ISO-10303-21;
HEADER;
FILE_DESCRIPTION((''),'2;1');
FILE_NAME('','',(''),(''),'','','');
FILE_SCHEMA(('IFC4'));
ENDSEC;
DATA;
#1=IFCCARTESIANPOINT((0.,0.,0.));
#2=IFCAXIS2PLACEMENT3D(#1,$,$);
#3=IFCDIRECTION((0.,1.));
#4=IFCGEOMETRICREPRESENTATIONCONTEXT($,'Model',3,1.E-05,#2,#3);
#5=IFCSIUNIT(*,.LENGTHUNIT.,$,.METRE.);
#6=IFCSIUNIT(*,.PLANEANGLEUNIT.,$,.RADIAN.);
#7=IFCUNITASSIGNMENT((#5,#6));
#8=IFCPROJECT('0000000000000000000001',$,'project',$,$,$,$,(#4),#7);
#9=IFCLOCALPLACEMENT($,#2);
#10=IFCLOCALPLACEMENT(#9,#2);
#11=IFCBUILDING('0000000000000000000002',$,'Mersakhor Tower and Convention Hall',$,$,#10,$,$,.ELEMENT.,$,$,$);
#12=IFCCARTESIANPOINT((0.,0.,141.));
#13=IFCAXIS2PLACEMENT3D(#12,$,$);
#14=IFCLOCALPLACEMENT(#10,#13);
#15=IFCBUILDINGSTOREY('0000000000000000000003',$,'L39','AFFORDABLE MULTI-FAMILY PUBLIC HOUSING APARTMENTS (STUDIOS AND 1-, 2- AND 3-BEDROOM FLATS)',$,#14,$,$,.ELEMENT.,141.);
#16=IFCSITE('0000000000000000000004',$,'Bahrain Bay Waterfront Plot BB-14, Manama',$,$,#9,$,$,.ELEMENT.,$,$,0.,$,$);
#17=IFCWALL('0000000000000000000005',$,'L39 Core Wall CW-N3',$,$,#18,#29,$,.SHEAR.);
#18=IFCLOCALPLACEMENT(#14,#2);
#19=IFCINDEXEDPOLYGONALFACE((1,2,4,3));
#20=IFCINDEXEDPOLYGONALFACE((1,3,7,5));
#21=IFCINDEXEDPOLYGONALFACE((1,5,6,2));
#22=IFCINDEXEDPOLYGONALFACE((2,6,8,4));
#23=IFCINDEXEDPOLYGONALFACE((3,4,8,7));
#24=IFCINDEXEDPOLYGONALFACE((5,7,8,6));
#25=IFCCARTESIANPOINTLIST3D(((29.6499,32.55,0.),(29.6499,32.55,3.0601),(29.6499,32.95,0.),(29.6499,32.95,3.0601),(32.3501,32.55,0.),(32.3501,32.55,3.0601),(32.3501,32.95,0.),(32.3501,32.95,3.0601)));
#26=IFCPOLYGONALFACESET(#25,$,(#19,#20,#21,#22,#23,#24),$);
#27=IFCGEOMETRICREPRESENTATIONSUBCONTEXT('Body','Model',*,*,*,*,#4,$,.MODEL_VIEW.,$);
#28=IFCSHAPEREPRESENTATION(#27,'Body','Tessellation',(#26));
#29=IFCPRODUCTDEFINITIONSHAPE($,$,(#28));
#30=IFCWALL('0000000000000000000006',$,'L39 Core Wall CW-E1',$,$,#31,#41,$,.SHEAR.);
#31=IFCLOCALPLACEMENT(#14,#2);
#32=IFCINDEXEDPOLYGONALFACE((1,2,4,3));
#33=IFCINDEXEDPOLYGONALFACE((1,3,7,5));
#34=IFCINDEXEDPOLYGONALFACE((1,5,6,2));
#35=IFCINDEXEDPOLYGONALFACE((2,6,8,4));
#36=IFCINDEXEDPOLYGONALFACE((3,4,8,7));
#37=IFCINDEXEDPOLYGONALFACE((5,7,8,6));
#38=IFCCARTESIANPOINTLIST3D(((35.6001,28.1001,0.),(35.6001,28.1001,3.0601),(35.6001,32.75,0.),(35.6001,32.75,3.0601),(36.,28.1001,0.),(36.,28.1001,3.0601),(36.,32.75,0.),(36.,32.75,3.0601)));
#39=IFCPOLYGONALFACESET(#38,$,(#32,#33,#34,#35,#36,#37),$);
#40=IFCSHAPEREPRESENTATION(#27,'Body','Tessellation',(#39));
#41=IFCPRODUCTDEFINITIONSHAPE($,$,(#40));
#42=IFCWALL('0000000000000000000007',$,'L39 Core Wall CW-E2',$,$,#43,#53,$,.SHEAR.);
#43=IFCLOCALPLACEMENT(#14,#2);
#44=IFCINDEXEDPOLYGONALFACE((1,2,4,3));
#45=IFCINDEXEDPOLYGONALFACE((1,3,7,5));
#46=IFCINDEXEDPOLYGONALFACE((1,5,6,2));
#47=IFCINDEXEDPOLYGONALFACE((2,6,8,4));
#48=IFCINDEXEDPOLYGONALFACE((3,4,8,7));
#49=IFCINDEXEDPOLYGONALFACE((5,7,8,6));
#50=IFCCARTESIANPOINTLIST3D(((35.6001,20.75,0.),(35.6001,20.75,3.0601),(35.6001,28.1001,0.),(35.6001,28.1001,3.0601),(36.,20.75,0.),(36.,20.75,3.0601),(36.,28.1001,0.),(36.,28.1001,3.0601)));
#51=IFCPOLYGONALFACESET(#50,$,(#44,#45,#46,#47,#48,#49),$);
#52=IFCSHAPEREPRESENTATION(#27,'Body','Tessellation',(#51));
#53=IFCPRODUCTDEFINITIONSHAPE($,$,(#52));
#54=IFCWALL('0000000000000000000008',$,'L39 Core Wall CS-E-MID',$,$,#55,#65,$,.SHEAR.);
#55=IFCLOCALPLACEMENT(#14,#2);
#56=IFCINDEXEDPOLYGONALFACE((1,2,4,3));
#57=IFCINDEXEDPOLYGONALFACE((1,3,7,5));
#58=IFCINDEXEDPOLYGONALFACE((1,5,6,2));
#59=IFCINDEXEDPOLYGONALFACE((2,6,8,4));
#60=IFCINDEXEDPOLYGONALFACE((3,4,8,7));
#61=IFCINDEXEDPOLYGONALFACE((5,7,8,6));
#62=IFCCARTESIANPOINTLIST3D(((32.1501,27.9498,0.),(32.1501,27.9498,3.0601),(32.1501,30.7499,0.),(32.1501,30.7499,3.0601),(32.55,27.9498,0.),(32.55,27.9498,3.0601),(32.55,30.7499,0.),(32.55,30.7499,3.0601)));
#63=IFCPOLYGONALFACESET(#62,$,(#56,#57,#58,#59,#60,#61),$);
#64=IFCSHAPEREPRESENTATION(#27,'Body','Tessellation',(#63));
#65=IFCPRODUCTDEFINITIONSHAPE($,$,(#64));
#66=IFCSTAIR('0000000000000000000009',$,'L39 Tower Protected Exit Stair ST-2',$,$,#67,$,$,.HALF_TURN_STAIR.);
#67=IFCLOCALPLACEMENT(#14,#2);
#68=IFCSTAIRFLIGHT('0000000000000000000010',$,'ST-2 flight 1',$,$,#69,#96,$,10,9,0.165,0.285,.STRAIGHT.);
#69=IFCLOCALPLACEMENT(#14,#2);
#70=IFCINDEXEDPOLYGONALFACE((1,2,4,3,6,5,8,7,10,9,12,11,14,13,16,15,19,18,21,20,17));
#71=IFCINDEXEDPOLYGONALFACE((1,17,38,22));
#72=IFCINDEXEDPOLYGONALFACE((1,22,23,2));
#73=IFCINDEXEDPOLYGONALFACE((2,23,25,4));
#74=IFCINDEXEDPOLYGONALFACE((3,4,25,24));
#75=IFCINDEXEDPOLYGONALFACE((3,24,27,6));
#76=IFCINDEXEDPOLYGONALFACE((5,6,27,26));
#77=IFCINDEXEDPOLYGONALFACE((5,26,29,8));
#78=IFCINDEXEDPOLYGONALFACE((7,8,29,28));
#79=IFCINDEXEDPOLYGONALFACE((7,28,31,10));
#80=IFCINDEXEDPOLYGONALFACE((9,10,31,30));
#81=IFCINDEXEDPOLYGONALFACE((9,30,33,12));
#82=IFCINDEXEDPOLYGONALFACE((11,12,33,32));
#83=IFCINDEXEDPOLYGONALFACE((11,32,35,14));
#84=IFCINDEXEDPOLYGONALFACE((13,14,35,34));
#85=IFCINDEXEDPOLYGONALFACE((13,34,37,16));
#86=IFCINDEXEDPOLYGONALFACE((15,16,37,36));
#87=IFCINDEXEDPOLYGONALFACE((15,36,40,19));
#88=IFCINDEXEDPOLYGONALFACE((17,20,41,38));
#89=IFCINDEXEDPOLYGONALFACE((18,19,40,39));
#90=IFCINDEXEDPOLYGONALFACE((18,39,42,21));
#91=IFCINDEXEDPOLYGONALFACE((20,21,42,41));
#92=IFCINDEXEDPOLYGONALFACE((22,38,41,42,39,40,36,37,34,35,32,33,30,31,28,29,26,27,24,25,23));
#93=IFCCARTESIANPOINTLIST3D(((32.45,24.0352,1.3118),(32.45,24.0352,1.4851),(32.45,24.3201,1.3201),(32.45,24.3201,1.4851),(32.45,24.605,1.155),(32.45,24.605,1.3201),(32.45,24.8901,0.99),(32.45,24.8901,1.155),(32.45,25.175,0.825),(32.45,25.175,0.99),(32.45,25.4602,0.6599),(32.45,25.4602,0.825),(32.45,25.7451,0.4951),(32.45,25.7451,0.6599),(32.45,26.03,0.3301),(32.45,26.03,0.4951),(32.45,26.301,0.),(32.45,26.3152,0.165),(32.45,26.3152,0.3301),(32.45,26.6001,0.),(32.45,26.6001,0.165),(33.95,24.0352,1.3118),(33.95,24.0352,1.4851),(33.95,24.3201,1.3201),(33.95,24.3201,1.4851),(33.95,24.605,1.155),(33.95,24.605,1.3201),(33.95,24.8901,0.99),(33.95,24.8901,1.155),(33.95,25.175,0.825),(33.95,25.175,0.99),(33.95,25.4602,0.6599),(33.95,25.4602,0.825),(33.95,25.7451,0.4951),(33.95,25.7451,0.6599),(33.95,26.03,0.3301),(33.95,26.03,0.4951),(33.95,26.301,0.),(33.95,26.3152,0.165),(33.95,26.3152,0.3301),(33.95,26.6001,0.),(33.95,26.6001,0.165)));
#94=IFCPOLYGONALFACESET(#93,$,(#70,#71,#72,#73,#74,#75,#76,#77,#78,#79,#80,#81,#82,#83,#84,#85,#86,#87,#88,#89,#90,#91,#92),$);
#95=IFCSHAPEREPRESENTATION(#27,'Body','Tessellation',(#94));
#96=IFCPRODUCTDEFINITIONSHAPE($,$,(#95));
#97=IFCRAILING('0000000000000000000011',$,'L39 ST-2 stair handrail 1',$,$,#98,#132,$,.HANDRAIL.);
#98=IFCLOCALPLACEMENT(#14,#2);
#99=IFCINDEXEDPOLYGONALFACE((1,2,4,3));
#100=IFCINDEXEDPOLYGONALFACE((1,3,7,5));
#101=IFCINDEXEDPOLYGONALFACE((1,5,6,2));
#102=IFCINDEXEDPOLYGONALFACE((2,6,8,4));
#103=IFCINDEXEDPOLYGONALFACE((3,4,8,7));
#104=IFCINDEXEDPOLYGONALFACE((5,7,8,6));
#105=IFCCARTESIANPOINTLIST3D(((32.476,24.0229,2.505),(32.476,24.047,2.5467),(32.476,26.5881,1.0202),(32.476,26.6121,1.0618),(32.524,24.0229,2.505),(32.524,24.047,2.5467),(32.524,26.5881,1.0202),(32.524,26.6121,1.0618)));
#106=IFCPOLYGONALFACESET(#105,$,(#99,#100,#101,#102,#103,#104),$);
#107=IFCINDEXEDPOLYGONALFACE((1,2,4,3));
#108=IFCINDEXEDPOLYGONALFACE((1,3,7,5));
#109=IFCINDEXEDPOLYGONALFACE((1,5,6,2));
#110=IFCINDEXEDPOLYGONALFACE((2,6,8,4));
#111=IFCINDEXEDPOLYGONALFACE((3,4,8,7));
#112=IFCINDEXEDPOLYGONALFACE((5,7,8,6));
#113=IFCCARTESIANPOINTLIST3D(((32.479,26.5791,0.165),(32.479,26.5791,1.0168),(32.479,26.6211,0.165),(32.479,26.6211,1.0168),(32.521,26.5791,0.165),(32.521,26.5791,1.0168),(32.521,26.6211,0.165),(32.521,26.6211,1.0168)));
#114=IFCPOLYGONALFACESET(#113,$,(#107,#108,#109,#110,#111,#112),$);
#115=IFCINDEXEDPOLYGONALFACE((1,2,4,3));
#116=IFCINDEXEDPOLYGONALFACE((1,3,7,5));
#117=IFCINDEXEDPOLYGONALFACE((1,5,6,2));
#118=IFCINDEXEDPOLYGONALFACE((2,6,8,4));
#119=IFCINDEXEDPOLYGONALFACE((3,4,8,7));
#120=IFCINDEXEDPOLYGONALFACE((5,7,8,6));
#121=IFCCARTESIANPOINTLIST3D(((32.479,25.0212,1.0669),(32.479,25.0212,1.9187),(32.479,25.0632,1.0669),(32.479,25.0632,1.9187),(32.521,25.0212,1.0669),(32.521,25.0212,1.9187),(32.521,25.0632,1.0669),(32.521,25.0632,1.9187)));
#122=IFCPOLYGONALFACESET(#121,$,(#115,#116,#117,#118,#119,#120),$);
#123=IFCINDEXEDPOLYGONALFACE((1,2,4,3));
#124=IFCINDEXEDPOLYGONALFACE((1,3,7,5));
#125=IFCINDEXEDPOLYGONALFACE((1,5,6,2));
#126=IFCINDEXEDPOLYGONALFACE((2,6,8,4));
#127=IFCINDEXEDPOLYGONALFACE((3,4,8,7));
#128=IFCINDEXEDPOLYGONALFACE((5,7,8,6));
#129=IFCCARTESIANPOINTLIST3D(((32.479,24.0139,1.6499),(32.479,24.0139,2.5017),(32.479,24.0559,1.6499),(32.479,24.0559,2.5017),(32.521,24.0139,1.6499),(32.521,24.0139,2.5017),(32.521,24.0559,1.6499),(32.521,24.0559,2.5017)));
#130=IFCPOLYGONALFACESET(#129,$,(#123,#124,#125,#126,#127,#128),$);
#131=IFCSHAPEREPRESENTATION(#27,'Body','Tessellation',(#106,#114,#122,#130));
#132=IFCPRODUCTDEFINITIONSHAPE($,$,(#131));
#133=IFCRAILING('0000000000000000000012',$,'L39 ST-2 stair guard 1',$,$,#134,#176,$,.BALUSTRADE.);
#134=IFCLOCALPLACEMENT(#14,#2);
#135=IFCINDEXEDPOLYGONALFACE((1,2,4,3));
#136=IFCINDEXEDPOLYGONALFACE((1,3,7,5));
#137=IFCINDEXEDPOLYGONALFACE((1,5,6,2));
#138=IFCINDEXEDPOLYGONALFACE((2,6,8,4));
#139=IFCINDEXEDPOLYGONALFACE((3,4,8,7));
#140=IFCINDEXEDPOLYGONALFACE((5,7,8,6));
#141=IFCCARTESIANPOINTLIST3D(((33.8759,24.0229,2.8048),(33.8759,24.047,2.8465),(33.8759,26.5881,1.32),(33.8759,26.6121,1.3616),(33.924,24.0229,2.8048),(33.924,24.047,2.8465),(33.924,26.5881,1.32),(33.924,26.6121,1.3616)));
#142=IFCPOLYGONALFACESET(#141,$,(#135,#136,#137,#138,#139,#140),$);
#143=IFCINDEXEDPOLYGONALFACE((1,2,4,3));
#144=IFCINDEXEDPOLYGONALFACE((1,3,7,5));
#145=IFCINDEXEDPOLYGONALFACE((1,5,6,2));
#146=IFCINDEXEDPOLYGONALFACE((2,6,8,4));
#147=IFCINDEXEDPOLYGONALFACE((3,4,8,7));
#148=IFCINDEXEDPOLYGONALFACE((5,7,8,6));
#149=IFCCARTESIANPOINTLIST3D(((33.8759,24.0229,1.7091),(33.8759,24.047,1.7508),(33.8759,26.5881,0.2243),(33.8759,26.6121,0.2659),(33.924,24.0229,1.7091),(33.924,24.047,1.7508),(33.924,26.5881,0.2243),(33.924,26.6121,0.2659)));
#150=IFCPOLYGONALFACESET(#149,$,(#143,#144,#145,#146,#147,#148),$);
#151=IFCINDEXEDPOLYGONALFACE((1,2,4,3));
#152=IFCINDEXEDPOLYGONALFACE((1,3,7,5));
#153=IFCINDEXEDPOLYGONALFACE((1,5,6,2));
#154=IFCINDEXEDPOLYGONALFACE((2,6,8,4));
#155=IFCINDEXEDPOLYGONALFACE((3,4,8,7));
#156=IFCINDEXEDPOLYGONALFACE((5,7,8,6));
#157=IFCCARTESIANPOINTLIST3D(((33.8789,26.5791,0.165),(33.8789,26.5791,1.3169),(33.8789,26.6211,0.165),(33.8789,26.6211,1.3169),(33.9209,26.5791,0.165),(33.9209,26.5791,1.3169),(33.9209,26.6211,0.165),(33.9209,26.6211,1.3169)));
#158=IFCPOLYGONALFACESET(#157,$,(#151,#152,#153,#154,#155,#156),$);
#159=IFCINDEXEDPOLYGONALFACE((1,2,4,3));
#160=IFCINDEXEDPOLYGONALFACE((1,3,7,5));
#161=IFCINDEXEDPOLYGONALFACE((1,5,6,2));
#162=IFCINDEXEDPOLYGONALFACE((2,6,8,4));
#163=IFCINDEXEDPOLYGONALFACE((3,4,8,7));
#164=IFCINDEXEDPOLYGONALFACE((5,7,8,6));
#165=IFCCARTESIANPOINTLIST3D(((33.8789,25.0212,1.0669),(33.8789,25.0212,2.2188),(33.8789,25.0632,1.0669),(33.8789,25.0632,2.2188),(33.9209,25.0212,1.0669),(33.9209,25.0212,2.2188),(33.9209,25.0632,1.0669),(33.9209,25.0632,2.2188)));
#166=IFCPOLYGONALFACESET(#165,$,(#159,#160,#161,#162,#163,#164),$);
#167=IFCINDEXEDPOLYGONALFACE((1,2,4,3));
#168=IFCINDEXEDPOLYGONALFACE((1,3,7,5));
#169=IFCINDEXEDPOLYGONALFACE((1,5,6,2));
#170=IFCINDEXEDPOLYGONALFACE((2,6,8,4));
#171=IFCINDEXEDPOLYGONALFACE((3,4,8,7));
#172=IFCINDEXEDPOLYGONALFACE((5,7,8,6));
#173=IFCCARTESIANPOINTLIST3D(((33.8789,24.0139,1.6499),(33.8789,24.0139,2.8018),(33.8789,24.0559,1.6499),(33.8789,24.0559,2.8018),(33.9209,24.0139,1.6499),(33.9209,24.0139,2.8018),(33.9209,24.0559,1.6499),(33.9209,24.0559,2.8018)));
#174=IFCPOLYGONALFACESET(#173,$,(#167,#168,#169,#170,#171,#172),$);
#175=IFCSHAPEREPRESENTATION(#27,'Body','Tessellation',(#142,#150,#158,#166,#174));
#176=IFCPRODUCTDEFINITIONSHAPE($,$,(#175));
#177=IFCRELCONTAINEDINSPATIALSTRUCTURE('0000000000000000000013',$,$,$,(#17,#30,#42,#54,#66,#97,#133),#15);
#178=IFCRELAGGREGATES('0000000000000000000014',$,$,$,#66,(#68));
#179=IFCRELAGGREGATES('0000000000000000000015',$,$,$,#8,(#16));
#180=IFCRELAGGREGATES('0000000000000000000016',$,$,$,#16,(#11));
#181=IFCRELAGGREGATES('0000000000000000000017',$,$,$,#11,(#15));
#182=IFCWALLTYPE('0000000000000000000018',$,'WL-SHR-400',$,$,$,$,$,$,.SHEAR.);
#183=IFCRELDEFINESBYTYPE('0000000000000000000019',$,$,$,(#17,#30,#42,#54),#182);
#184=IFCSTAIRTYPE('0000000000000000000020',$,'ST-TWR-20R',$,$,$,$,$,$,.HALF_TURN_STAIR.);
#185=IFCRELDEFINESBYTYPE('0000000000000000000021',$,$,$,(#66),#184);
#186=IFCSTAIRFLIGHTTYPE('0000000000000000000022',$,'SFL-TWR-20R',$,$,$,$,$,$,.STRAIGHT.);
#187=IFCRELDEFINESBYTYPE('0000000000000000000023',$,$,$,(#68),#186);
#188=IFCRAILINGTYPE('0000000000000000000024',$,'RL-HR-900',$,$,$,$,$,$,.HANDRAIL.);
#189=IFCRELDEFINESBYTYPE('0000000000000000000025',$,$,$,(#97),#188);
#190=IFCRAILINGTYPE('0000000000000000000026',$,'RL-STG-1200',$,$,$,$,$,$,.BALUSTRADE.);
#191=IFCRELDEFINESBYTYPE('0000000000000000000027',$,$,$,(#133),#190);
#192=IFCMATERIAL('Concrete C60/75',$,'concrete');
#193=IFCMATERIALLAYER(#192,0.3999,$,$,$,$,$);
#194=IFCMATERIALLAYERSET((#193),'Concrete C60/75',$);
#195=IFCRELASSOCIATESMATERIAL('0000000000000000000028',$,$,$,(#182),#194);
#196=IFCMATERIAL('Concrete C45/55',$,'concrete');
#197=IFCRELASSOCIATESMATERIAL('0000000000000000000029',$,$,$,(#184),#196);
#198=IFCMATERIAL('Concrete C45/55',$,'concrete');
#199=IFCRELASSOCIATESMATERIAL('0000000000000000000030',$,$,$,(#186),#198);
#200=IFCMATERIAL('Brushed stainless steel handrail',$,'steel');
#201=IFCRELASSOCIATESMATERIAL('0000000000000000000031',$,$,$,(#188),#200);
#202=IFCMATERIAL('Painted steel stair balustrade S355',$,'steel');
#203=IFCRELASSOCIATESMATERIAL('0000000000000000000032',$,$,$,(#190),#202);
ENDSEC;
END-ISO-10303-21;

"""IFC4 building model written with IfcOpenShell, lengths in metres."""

from ifc_helpers import new_model, si_unit, direction, frame, frame_2d, origin, origin_2d, place, context, subcontext, project, spatial, polyline, rectangle, outline, extrude, material, layer, layer_set, type_object, element, aggregate, save


model = new_model("IFC4")

# Units and contexts
model_context = context("Model", 3, precision=1e-05, world=origin(), true_north=direction((0.0, 1.0)))
body_context = subcontext(model_context, "Body", "Model", "MODEL_VIEW")
ifc_project = project(units=[si_unit("LENGTHUNIT", "METRE"), si_unit("PLANEANGLEUNIT", "RADIAN")], contexts=[model_context])

# Site, building, storey
site_placement = place(None, origin())
site = spatial("IfcSite", under=ifc_project, at=site_placement, Name="Bahrain Bay Waterfront Plot BB-14, Manama", CompositionType="ELEMENT", RefElevation=0.0)
building_placement = place(site_placement, origin())
building = spatial("IfcBuilding", under=site, at=building_placement, Name="Mersakhor Tower and Convention Hall", CompositionType="ELEMENT")
storey_placement = place(building_placement, frame((0.0, 0.0, 141.0)))
storey = spatial("IfcBuildingStorey", under=building, at=storey_placement, Name="L39", Description="AFFORDABLE MULTI-FAMILY PUBLIC HOUSING APARTMENTS (STUDIOS AND 1-, 2- AND 3-BEDROOM FLATS)", CompositionType="ELEMENT", Elevation=141.0)

# Shared definitions
ifc_material_1 = material(Name="Concrete C60/75", Category="concrete")
ifc_layer_1 = layer(ifc_material_1, 0.3999)
ifc_layer_set_1 = layer_set([ifc_layer_1], Name="Concrete C60/75")
wall_type_1 = type_object("IfcWallType", Name="WL-SHR-400", PredefinedType="SHEAR", material=ifc_layer_set_1)

# Wall
wall_1_placement = place(storey_placement, frame((29.6499, 32.75, 0.0), z_axis=(0.0, 0.0, 1.0), x_axis=(1.0, 0.0, 0.0)))
element("IfcWall", 1, at=wall_1_placement, inside=storey, type_object=wall_type_1, Name="L39 Core Wall CW-N3", PredefinedType="SHEAR", context=body_context, shape_type="SweptSolid", body=[
    extrude(rectangle(XDim=2.7002, YDim=0.3999, at=frame_2d((1.3501, 0.0))), origin(), (0.0, 0.0, 1.0), 3.0601),
])

# Walls
wall_2_placement = place(storey_placement, frame((35.8, 32.75, 0.0), z_axis=(0.0, 0.0, 1.0), x_axis=(0.0, -1.0, 0.0)))
element("IfcWall", 2, at=wall_2_placement, inside=storey, type_object=wall_type_1, Name="L39 Core Wall CW-E1", PredefinedType="SHEAR", context=body_context, shape_type="SweptSolid", body=[
    extrude(rectangle(XDim=4.6499, YDim=0.3999, at=frame_2d((2.325, 0.0))), origin(), (0.0, 0.0, 1.0), 3.0601),
])
wall_3_placement = place(storey_placement, frame((35.8, 28.1001, 0.0), z_axis=(0.0, 0.0, 1.0), x_axis=(0.0, -1.0, 0.0)))
element("IfcWall", 3, at=wall_3_placement, inside=storey, type_object=wall_type_1, Name="L39 Core Wall CW-E2", PredefinedType="SHEAR", context=body_context, shape_type="SweptSolid", body=[
    extrude(rectangle(XDim=7.3501, YDim=0.3999, at=frame_2d((3.675, 0.0))), origin(), (0.0, 0.0, 1.0), 3.0601),
])
wall_4_placement = place(storey_placement, frame((32.3501, 27.95, 0.0), z_axis=(0.0, 0.0, 1.0), x_axis=(0.0, 1.0, 0.0)))
element("IfcWall", 4, at=wall_4_placement, inside=storey, type_object=wall_type_1, Name="L39 Core Wall CS-E-MID", PredefinedType="SHEAR", context=body_context, shape_type="SweptSolid", body=[
    extrude(rectangle(XDim=2.8, YDim=0.3999, at=frame_2d((1.3999, 0.0))), origin(), (0.0, 0.0, 1.0), 3.0601),
])

# Stair, stair flight
ifc_material_2 = material(Name="Concrete C45/55", Category="concrete")
stair_type = type_object("IfcStairType", Name="ST-TWR-20R", PredefinedType="HALF_TURN_STAIR", material=ifc_material_2)
stair_placement = place(storey_placement, origin())
stair = element("IfcStair", 5, at=stair_placement, inside=storey, type_object=stair_type, Name="L39 Tower Protected Exit Stair ST-2", PredefinedType="HALF_TURN_STAIR")
ifc_material_3 = material(Name="Concrete C45/55", Category="concrete")
stair_flight_type = type_object("IfcStairFlightType", Name="SFL-TWR-20R", PredefinedType="STRAIGHT", material=ifc_material_3)
stair_flight_placement = place(storey_placement, frame((33.2, 26.6001, 0.0), z_axis=(0.0, 0.0, 1.0), x_axis=(0.0, -1.0, 0.0)))
stair_flight = element("IfcStairFlight", 6, at=stair_flight_placement, type_object=stair_flight_type, Name="ST-2 flight 1", NumberOfRisers=10, NumberOfTreads=9, PredefinedType="STRAIGHT", RiserHeight=0.165, TreadLength=0.285, context=body_context, shape_type="SweptSolid", body=[
    extrude(outline(polyline([(0.0, 0.0), (0.0, 0.165), (0.2849, 0.165), (0.2849, 0.3301), (0.5701, 0.3301), (0.5701, 0.4951), (0.855, 0.4951), (0.855, 0.6599), (1.1399, 0.6599), (1.1399, 0.825), (1.425, 0.825), (1.425, 0.99), (1.71, 0.99), (1.71, 1.155), (1.9951, 1.155), (1.9951, 1.3201), (2.28, 1.3201), (2.28, 1.4851), (2.5649, 1.4851), (2.5649, 1.6499), (2.5649, 1.3118), (0.2991, 0.0), (0.0, 0.0)])), frame((0.0, 0.75, 0.0), z_axis=(0.0, -1.0, 0.0), x_axis=(1.0, 0.0, 0.0)), (0.0, 0.0, 1.0), 1.5),
])
aggregate(stair, [stair_flight])

# Railings
ifc_material_4 = material(Name="Brushed stainless steel handrail", Category="steel")
railing_type_1 = type_object("IfcRailingType", Name="RL-HR-900", PredefinedType="HANDRAIL", material=ifc_material_4)
railing_1_placement = place(storey_placement, frame((32.5, 26.6001, 0.165)))
element("IfcRailing", 7, at=railing_1_placement, inside=storey, type_object=railing_type_1, Name="L39 ST-2 stair handrail 1", PredefinedType="HANDRAIL", context=body_context, shape_type="SweptSolid", body=[
    extrude(rectangle(XDim=0.0481, YDim=0.0481, at=origin_2d()), frame((0.0, 0.0, 0.876), z_axis=(0.0, -0.865462, 0.500975), x_axis=(1.0, 0.0, 0.0)), (0.0, 0.0, 1.0), 2.9639),
    extrude(rectangle(XDim=0.042, YDim=0.042, at=origin_2d()), origin(), (0.0, 0.0, 1.0), 0.8518),
    extrude(rectangle(XDim=0.042, YDim=0.042, at=origin_2d()), frame((0.0, -1.5579, 0.9019)), (0.0, 0.0, 1.0), 0.8518),
    extrude(rectangle(XDim=0.042, YDim=0.042, at=origin_2d()), frame((0.0, -2.5652, 1.4849)), (0.0, 0.0, 1.0), 0.8518),
])
ifc_material_5 = material(Name="Painted steel stair balustrade S355", Category="steel")
railing_type_2 = type_object("IfcRailingType", Name="RL-STG-1200", PredefinedType="BALUSTRADE", material=ifc_material_5)
railing_2_placement = place(storey_placement, frame((33.8999, 26.6001, 0.165)))
element("IfcRailing", 8, at=railing_2_placement, inside=storey, type_object=railing_type_2, Name="L39 ST-2 stair guard 1", PredefinedType="BALUSTRADE", context=body_context, shape_type="SweptSolid", body=[
    extrude(rectangle(XDim=0.0481, YDim=0.0481, at=origin_2d()), frame((0.0, 0.0, 1.1758), z_axis=(0.0, -0.865462, 0.500975), x_axis=(1.0, 0.0, 0.0)), (0.0, 0.0, 1.0), 2.9639),
    extrude(rectangle(XDim=0.0481, YDim=0.0481, at=origin_2d()), frame((0.0, 0.0, 0.0801), z_axis=(0.0, -0.865462, 0.500975), x_axis=(1.0, 0.0, 0.0)), (0.0, 0.0, 1.0), 2.9639),
    extrude(rectangle(XDim=0.042, YDim=0.042, at=origin_2d()), origin(), (0.0, 0.0, 1.0), 1.1519),
    extrude(rectangle(XDim=0.042, YDim=0.042, at=origin_2d()), frame((0.0, -1.5579, 0.9019)), (0.0, 0.0, 1.0), 1.1519),
    extrude(rectangle(XDim=0.042, YDim=0.042, at=origin_2d()), frame((0.0, -2.5652, 1.4849)), (0.0, 0.0, 1.0), 1.1519),
])

save(model, "model.ifc")
